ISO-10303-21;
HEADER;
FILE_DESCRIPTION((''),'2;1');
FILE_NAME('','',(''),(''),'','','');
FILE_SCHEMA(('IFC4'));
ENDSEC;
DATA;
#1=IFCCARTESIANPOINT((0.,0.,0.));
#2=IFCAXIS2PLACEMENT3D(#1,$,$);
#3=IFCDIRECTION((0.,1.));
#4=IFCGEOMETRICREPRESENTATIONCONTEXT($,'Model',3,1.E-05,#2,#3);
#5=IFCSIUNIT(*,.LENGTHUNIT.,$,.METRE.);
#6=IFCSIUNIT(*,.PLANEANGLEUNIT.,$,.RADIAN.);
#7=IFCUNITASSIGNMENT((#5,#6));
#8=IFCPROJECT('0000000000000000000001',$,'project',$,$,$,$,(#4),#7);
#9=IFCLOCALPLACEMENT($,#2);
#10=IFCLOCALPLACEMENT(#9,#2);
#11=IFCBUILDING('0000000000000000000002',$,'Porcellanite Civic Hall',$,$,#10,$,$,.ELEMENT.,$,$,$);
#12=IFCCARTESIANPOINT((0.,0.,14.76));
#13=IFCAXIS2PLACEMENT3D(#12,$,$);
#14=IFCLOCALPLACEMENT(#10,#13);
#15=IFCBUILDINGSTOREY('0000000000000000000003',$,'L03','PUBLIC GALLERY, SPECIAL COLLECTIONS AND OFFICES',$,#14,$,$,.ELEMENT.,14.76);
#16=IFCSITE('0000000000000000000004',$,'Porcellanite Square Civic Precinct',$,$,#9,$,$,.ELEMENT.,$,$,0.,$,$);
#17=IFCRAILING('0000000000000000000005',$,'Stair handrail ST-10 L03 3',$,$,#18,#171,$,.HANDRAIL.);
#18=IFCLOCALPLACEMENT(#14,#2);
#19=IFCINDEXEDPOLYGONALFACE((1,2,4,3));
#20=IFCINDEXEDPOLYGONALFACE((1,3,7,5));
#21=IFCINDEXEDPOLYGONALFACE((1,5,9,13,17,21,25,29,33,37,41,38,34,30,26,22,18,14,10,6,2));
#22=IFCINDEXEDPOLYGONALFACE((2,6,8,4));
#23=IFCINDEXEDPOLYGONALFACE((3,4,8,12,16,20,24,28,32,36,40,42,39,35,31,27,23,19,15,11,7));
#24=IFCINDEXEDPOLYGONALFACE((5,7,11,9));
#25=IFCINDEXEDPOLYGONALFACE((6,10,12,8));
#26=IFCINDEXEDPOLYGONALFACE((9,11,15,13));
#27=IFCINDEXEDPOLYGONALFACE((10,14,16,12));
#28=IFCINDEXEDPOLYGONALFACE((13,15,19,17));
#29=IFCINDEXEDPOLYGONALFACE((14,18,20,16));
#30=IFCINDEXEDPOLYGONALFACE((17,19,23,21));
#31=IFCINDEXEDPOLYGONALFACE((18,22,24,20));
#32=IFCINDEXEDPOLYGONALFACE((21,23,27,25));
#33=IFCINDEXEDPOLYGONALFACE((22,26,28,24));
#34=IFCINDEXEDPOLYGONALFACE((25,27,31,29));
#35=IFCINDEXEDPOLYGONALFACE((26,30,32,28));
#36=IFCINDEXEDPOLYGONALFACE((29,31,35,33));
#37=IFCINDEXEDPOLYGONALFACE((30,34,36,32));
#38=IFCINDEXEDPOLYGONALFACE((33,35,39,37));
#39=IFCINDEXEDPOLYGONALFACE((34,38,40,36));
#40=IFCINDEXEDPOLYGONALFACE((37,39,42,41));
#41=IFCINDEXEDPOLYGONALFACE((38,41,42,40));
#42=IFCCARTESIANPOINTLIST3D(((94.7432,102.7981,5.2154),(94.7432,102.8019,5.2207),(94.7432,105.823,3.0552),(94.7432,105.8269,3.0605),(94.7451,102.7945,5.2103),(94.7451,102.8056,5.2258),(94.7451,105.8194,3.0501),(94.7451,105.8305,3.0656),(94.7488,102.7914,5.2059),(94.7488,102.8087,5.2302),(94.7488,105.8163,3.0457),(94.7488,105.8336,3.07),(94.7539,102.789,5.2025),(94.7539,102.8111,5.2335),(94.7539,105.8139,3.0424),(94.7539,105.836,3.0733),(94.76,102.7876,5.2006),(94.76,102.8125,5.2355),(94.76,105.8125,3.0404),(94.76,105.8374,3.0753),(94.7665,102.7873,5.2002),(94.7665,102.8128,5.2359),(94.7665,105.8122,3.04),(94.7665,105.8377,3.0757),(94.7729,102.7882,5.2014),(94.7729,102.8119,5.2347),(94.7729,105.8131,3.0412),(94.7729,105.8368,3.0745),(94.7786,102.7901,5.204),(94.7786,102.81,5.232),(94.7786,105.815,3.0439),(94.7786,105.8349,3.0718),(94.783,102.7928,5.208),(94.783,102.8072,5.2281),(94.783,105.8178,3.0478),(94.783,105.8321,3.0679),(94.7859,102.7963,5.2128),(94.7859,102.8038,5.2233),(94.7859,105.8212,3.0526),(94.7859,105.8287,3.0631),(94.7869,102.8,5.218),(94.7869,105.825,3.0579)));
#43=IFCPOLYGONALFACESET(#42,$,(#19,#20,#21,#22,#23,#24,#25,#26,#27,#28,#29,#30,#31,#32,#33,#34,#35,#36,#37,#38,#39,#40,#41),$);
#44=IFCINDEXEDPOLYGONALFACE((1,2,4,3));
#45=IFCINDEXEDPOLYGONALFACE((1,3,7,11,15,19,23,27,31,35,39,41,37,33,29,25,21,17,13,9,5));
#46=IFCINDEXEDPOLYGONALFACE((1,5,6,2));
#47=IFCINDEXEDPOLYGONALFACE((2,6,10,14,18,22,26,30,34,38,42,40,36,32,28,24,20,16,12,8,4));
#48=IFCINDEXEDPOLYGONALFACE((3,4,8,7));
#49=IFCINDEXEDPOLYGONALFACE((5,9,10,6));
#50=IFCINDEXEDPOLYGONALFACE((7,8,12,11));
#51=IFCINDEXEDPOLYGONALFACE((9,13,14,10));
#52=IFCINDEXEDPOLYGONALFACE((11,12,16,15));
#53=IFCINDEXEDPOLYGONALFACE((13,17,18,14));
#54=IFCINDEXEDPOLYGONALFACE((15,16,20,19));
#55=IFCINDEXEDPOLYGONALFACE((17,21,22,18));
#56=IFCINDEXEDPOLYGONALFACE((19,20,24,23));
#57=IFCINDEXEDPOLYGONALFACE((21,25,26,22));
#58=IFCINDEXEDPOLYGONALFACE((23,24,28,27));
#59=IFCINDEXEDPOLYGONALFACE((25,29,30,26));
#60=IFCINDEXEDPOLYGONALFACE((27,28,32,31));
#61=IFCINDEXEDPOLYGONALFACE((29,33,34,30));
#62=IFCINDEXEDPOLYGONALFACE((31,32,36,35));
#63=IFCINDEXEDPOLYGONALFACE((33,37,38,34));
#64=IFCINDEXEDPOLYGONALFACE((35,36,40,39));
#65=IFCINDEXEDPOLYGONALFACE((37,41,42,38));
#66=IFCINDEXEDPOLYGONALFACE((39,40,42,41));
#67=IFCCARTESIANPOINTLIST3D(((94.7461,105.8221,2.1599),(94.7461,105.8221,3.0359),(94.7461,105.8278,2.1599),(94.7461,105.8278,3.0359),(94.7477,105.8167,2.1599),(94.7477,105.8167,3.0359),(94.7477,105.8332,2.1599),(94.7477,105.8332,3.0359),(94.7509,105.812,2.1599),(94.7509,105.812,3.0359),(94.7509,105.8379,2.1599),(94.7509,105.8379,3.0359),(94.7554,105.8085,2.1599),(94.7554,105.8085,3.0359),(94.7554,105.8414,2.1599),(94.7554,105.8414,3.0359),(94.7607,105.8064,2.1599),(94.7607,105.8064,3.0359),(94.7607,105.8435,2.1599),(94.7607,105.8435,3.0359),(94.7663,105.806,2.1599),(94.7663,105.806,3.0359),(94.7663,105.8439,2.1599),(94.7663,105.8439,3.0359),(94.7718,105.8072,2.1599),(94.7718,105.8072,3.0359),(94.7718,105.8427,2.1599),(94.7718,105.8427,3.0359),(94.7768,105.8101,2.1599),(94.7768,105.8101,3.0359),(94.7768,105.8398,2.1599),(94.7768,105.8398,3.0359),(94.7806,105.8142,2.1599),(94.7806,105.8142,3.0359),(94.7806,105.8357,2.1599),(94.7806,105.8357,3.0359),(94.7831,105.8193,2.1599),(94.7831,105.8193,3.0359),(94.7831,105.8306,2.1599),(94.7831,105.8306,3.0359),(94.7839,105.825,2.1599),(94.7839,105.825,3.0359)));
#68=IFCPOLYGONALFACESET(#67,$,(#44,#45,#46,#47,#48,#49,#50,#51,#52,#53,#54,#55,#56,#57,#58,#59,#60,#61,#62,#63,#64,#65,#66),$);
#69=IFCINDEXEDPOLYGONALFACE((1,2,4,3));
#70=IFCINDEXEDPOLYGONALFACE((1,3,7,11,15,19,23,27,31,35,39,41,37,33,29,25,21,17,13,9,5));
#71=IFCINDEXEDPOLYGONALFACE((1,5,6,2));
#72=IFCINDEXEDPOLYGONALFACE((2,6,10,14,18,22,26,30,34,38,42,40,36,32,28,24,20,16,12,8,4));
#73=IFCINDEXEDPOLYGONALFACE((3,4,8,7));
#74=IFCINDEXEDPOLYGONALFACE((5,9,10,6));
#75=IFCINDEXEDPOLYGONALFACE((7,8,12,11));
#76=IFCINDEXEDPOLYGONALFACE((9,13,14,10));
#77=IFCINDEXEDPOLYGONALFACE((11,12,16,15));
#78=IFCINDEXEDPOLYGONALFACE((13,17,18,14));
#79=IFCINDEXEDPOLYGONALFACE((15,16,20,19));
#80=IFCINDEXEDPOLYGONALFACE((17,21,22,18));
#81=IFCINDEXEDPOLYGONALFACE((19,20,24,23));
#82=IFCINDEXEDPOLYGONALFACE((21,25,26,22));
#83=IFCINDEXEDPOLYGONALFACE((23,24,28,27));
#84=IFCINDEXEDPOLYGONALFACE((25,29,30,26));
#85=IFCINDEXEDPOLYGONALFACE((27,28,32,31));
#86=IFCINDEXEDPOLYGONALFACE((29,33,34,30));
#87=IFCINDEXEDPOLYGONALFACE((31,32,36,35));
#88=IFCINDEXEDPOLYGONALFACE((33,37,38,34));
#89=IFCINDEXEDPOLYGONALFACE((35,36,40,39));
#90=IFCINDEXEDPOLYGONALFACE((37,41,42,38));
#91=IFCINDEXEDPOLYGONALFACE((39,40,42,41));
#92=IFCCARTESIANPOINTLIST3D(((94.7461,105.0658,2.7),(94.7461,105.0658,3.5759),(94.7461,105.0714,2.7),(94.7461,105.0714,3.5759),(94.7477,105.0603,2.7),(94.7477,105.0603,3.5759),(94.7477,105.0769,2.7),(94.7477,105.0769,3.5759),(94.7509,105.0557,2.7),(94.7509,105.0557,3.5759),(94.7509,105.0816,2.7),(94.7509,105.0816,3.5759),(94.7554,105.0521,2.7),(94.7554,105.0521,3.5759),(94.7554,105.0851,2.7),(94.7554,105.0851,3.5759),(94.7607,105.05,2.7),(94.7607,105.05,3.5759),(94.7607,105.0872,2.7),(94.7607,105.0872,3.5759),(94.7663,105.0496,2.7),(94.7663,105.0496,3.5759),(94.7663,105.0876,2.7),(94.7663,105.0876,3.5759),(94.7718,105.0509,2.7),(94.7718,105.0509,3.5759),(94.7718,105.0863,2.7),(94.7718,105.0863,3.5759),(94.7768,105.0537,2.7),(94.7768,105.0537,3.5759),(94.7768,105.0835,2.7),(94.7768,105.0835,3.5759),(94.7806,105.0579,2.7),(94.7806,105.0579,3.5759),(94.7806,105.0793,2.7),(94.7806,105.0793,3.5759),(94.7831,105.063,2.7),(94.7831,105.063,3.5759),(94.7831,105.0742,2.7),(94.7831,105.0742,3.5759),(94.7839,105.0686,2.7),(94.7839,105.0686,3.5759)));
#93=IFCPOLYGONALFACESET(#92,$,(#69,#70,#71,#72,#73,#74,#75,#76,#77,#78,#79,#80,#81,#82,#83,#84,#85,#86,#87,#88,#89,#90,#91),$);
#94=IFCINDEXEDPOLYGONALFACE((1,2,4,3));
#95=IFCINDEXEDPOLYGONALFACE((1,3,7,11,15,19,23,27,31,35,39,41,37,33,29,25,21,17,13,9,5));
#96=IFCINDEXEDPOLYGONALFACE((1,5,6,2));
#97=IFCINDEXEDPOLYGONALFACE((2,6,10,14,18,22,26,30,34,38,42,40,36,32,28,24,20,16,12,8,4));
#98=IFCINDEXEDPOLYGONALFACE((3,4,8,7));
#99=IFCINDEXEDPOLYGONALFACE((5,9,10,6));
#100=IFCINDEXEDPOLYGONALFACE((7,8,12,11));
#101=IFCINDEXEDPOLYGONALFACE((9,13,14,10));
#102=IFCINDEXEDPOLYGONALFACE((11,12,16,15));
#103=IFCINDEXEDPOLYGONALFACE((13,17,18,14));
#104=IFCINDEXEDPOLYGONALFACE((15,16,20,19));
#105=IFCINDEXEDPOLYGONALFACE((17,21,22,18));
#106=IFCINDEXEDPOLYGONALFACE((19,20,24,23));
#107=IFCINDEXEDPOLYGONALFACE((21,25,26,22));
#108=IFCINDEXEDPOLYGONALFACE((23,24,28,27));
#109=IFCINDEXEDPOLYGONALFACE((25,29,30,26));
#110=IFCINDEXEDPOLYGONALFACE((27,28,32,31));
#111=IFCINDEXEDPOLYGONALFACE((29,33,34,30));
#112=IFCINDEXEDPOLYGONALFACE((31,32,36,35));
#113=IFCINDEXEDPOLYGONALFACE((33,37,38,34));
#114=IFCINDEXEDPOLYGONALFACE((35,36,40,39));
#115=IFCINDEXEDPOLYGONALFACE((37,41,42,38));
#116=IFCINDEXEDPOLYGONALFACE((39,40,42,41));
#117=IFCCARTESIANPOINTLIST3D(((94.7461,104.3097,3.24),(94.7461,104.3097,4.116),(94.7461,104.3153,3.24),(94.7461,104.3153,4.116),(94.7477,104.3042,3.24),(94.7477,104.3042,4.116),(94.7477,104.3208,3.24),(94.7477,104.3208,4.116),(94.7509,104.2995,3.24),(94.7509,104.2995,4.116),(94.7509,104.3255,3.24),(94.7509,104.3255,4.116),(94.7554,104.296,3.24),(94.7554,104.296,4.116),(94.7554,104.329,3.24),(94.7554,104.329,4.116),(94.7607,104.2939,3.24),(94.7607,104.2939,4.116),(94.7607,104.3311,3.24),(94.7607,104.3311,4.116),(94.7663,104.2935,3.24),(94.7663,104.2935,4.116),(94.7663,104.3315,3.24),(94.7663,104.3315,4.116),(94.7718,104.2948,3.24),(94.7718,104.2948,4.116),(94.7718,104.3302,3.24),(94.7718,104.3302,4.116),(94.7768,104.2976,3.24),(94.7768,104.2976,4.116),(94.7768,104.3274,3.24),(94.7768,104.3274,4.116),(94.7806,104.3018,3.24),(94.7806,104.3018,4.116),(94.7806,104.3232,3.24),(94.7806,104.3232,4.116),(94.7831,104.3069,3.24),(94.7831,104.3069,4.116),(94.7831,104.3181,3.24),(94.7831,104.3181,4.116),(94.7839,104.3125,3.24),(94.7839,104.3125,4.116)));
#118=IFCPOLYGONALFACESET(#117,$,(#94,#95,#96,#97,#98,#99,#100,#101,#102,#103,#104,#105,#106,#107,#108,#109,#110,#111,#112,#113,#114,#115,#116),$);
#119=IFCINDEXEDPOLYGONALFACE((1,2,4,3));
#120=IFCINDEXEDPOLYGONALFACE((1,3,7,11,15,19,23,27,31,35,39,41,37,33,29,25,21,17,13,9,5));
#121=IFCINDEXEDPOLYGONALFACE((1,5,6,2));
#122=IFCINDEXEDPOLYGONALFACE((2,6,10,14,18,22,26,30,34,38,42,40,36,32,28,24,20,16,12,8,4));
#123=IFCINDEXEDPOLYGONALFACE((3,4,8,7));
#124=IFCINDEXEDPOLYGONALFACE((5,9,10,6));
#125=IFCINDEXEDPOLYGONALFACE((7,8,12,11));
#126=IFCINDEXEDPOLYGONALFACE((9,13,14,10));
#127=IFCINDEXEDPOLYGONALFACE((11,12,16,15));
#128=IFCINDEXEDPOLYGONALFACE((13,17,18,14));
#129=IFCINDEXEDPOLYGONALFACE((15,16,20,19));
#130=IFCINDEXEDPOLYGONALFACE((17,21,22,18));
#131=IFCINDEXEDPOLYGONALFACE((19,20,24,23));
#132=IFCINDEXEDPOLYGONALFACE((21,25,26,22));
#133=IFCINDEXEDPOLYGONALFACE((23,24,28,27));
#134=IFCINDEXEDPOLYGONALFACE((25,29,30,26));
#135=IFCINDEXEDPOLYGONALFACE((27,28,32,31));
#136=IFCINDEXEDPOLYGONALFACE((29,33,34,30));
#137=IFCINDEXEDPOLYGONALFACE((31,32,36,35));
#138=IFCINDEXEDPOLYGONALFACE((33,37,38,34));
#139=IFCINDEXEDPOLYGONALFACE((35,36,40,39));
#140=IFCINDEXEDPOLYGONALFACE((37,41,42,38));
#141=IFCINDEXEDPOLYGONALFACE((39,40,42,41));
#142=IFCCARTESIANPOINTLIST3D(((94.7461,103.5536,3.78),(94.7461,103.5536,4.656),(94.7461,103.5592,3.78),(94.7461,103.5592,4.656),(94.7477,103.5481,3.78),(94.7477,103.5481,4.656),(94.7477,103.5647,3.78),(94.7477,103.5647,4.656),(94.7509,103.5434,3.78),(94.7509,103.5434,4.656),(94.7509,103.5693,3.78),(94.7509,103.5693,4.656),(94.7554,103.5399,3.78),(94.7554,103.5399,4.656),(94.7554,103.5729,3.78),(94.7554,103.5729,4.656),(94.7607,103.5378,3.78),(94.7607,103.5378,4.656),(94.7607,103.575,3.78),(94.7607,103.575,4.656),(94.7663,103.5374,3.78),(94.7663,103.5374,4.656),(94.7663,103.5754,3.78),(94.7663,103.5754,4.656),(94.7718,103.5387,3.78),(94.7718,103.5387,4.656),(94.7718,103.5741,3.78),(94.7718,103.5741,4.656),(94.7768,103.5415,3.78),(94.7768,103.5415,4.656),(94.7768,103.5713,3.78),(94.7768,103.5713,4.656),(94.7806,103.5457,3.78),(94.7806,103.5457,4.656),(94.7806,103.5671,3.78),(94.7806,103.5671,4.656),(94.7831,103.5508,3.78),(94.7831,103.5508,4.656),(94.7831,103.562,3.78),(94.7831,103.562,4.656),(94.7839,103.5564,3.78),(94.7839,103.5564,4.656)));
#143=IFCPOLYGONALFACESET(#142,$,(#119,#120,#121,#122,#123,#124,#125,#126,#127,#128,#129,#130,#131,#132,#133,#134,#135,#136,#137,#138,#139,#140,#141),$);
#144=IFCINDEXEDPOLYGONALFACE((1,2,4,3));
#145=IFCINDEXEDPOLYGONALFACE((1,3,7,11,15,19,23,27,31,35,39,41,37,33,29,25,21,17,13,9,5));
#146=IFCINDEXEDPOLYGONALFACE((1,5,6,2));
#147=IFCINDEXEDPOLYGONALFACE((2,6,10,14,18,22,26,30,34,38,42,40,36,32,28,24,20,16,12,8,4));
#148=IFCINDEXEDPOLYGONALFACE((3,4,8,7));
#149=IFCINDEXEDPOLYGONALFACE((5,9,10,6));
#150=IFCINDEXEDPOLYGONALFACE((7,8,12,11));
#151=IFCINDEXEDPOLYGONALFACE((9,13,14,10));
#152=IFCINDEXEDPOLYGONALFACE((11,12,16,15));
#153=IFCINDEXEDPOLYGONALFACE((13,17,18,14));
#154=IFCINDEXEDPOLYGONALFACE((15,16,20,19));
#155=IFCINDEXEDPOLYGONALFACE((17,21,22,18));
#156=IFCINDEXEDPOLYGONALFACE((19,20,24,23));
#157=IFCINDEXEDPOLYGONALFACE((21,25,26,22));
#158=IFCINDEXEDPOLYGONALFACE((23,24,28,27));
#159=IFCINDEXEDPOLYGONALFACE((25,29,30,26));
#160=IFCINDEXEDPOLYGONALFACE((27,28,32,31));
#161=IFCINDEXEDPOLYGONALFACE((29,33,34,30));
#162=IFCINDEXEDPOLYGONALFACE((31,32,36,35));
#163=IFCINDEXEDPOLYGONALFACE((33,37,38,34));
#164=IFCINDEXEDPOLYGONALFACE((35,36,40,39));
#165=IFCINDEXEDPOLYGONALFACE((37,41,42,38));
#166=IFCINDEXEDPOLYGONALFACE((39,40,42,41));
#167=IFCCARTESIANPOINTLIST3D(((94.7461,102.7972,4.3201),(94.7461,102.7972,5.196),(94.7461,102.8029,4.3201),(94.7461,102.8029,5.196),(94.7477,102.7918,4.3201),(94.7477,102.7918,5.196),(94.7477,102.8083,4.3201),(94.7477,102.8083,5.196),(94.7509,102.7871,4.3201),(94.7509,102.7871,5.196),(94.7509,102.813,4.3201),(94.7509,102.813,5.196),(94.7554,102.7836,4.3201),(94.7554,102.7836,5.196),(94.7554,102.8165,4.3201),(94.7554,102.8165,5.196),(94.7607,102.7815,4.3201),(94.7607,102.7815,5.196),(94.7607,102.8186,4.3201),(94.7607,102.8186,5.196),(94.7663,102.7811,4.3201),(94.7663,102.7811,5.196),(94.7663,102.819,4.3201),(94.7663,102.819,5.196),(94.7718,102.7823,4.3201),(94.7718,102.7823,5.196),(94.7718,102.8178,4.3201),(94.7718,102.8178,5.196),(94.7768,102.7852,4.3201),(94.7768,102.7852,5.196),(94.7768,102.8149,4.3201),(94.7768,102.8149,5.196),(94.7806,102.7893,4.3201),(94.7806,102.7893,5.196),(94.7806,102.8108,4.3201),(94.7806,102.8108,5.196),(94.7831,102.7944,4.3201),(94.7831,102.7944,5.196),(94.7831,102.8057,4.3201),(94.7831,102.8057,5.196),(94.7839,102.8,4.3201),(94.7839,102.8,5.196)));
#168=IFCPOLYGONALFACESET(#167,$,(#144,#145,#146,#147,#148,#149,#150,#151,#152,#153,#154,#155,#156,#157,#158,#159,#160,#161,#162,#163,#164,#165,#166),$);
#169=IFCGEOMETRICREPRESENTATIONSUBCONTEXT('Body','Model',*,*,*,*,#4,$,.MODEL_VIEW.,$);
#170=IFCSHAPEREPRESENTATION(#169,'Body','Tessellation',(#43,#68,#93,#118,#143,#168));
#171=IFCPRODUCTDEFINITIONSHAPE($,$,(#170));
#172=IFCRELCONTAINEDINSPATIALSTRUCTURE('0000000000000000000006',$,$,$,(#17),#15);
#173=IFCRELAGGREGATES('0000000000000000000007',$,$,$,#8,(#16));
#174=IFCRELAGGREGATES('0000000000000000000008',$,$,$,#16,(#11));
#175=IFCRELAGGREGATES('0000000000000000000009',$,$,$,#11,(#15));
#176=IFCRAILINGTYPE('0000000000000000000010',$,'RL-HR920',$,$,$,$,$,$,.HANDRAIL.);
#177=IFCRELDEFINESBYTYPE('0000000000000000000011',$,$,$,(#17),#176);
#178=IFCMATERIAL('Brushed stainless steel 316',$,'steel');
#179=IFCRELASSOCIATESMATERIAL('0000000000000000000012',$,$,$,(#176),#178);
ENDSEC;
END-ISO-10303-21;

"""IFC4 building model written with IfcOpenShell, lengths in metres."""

from ifc_helpers import new_model, si_unit, direction, frame, origin, origin_2d, place, context, subcontext, project, spatial, circle, extrude, material, type_object, element, save


model = new_model("IFC4")

# Units and contexts
model_context = context("Model", 3, precision=1e-05, world=origin(), true_north=direction((0.0, 1.0)))
body_context = subcontext(model_context, "Body", "Model", "MODEL_VIEW")
ifc_project = project(units=[si_unit("LENGTHUNIT", "METRE"), si_unit("PLANEANGLEUNIT", "RADIAN")], contexts=[model_context])

# Site, building, storey
site_placement = place(None, origin())
site = spatial("IfcSite", under=ifc_project, at=site_placement, Name="Porcellanite Square Civic Precinct", CompositionType="ELEMENT", RefElevation=0.0)
building_placement = place(site_placement, origin())
building = spatial("IfcBuilding", under=site, at=building_placement, Name="Porcellanite Civic Hall", CompositionType="ELEMENT")
storey_placement = place(building_placement, frame((0.0, 0.0, 14.76)))
storey = spatial("IfcBuildingStorey", under=building, at=storey_placement, Name="L03", Description="PUBLIC GALLERY, SPECIAL COLLECTIONS AND OFFICES", CompositionType="ELEMENT", Elevation=14.76)

# Railing
ifc_material_1 = material(Name="Brushed stainless steel 316", Category="steel")
railing_type_1 = type_object("IfcRailingType", Name="RL-HR920", PredefinedType="HANDRAIL", material=ifc_material_1)
railing_1_placement = place(storey_placement, frame((94.7649, 105.825, 2.1599)))
element("IfcRailing", 1, at=railing_1_placement, inside=storey, type_object=railing_type_1, Name="Stair handrail ST-10 L03 3", PredefinedType="HANDRAIL", context=body_context, shape_type="SweptSolid", body=[
    extrude(circle(Radius=0.022, at=origin_2d()), frame((0.0, 0.0, 0.8979), z_axis=(0.0, -0.813796, 0.581151), x_axis=(1.0, 0.0, 0.0)), (0.0, 0.0, 1.0), 3.717),
    extrude(circle(Radius=0.019, at=origin_2d()), origin(), (0.0, 0.0, 1.0), 0.876),
    extrude(circle(Radius=0.019, at=origin_2d()), frame((0.0, -0.7563, 0.54)), (0.0, 0.0, 1.0), 0.876),
    extrude(circle(Radius=0.019, at=origin_2d()), frame((0.0, -1.5125, 1.0801)), (0.0, 0.0, 1.0), 0.876),
    extrude(circle(Radius=0.019, at=origin_2d()), frame((0.0, -2.2686, 1.6201)), (0.0, 0.0, 1.0), 0.876),
    extrude(circle(Radius=0.019, at=origin_2d()), frame((0.0, -3.0249, 2.1602)), (0.0, 0.0, 1.0), 0.876),
])

save(model, "model.ifc")
